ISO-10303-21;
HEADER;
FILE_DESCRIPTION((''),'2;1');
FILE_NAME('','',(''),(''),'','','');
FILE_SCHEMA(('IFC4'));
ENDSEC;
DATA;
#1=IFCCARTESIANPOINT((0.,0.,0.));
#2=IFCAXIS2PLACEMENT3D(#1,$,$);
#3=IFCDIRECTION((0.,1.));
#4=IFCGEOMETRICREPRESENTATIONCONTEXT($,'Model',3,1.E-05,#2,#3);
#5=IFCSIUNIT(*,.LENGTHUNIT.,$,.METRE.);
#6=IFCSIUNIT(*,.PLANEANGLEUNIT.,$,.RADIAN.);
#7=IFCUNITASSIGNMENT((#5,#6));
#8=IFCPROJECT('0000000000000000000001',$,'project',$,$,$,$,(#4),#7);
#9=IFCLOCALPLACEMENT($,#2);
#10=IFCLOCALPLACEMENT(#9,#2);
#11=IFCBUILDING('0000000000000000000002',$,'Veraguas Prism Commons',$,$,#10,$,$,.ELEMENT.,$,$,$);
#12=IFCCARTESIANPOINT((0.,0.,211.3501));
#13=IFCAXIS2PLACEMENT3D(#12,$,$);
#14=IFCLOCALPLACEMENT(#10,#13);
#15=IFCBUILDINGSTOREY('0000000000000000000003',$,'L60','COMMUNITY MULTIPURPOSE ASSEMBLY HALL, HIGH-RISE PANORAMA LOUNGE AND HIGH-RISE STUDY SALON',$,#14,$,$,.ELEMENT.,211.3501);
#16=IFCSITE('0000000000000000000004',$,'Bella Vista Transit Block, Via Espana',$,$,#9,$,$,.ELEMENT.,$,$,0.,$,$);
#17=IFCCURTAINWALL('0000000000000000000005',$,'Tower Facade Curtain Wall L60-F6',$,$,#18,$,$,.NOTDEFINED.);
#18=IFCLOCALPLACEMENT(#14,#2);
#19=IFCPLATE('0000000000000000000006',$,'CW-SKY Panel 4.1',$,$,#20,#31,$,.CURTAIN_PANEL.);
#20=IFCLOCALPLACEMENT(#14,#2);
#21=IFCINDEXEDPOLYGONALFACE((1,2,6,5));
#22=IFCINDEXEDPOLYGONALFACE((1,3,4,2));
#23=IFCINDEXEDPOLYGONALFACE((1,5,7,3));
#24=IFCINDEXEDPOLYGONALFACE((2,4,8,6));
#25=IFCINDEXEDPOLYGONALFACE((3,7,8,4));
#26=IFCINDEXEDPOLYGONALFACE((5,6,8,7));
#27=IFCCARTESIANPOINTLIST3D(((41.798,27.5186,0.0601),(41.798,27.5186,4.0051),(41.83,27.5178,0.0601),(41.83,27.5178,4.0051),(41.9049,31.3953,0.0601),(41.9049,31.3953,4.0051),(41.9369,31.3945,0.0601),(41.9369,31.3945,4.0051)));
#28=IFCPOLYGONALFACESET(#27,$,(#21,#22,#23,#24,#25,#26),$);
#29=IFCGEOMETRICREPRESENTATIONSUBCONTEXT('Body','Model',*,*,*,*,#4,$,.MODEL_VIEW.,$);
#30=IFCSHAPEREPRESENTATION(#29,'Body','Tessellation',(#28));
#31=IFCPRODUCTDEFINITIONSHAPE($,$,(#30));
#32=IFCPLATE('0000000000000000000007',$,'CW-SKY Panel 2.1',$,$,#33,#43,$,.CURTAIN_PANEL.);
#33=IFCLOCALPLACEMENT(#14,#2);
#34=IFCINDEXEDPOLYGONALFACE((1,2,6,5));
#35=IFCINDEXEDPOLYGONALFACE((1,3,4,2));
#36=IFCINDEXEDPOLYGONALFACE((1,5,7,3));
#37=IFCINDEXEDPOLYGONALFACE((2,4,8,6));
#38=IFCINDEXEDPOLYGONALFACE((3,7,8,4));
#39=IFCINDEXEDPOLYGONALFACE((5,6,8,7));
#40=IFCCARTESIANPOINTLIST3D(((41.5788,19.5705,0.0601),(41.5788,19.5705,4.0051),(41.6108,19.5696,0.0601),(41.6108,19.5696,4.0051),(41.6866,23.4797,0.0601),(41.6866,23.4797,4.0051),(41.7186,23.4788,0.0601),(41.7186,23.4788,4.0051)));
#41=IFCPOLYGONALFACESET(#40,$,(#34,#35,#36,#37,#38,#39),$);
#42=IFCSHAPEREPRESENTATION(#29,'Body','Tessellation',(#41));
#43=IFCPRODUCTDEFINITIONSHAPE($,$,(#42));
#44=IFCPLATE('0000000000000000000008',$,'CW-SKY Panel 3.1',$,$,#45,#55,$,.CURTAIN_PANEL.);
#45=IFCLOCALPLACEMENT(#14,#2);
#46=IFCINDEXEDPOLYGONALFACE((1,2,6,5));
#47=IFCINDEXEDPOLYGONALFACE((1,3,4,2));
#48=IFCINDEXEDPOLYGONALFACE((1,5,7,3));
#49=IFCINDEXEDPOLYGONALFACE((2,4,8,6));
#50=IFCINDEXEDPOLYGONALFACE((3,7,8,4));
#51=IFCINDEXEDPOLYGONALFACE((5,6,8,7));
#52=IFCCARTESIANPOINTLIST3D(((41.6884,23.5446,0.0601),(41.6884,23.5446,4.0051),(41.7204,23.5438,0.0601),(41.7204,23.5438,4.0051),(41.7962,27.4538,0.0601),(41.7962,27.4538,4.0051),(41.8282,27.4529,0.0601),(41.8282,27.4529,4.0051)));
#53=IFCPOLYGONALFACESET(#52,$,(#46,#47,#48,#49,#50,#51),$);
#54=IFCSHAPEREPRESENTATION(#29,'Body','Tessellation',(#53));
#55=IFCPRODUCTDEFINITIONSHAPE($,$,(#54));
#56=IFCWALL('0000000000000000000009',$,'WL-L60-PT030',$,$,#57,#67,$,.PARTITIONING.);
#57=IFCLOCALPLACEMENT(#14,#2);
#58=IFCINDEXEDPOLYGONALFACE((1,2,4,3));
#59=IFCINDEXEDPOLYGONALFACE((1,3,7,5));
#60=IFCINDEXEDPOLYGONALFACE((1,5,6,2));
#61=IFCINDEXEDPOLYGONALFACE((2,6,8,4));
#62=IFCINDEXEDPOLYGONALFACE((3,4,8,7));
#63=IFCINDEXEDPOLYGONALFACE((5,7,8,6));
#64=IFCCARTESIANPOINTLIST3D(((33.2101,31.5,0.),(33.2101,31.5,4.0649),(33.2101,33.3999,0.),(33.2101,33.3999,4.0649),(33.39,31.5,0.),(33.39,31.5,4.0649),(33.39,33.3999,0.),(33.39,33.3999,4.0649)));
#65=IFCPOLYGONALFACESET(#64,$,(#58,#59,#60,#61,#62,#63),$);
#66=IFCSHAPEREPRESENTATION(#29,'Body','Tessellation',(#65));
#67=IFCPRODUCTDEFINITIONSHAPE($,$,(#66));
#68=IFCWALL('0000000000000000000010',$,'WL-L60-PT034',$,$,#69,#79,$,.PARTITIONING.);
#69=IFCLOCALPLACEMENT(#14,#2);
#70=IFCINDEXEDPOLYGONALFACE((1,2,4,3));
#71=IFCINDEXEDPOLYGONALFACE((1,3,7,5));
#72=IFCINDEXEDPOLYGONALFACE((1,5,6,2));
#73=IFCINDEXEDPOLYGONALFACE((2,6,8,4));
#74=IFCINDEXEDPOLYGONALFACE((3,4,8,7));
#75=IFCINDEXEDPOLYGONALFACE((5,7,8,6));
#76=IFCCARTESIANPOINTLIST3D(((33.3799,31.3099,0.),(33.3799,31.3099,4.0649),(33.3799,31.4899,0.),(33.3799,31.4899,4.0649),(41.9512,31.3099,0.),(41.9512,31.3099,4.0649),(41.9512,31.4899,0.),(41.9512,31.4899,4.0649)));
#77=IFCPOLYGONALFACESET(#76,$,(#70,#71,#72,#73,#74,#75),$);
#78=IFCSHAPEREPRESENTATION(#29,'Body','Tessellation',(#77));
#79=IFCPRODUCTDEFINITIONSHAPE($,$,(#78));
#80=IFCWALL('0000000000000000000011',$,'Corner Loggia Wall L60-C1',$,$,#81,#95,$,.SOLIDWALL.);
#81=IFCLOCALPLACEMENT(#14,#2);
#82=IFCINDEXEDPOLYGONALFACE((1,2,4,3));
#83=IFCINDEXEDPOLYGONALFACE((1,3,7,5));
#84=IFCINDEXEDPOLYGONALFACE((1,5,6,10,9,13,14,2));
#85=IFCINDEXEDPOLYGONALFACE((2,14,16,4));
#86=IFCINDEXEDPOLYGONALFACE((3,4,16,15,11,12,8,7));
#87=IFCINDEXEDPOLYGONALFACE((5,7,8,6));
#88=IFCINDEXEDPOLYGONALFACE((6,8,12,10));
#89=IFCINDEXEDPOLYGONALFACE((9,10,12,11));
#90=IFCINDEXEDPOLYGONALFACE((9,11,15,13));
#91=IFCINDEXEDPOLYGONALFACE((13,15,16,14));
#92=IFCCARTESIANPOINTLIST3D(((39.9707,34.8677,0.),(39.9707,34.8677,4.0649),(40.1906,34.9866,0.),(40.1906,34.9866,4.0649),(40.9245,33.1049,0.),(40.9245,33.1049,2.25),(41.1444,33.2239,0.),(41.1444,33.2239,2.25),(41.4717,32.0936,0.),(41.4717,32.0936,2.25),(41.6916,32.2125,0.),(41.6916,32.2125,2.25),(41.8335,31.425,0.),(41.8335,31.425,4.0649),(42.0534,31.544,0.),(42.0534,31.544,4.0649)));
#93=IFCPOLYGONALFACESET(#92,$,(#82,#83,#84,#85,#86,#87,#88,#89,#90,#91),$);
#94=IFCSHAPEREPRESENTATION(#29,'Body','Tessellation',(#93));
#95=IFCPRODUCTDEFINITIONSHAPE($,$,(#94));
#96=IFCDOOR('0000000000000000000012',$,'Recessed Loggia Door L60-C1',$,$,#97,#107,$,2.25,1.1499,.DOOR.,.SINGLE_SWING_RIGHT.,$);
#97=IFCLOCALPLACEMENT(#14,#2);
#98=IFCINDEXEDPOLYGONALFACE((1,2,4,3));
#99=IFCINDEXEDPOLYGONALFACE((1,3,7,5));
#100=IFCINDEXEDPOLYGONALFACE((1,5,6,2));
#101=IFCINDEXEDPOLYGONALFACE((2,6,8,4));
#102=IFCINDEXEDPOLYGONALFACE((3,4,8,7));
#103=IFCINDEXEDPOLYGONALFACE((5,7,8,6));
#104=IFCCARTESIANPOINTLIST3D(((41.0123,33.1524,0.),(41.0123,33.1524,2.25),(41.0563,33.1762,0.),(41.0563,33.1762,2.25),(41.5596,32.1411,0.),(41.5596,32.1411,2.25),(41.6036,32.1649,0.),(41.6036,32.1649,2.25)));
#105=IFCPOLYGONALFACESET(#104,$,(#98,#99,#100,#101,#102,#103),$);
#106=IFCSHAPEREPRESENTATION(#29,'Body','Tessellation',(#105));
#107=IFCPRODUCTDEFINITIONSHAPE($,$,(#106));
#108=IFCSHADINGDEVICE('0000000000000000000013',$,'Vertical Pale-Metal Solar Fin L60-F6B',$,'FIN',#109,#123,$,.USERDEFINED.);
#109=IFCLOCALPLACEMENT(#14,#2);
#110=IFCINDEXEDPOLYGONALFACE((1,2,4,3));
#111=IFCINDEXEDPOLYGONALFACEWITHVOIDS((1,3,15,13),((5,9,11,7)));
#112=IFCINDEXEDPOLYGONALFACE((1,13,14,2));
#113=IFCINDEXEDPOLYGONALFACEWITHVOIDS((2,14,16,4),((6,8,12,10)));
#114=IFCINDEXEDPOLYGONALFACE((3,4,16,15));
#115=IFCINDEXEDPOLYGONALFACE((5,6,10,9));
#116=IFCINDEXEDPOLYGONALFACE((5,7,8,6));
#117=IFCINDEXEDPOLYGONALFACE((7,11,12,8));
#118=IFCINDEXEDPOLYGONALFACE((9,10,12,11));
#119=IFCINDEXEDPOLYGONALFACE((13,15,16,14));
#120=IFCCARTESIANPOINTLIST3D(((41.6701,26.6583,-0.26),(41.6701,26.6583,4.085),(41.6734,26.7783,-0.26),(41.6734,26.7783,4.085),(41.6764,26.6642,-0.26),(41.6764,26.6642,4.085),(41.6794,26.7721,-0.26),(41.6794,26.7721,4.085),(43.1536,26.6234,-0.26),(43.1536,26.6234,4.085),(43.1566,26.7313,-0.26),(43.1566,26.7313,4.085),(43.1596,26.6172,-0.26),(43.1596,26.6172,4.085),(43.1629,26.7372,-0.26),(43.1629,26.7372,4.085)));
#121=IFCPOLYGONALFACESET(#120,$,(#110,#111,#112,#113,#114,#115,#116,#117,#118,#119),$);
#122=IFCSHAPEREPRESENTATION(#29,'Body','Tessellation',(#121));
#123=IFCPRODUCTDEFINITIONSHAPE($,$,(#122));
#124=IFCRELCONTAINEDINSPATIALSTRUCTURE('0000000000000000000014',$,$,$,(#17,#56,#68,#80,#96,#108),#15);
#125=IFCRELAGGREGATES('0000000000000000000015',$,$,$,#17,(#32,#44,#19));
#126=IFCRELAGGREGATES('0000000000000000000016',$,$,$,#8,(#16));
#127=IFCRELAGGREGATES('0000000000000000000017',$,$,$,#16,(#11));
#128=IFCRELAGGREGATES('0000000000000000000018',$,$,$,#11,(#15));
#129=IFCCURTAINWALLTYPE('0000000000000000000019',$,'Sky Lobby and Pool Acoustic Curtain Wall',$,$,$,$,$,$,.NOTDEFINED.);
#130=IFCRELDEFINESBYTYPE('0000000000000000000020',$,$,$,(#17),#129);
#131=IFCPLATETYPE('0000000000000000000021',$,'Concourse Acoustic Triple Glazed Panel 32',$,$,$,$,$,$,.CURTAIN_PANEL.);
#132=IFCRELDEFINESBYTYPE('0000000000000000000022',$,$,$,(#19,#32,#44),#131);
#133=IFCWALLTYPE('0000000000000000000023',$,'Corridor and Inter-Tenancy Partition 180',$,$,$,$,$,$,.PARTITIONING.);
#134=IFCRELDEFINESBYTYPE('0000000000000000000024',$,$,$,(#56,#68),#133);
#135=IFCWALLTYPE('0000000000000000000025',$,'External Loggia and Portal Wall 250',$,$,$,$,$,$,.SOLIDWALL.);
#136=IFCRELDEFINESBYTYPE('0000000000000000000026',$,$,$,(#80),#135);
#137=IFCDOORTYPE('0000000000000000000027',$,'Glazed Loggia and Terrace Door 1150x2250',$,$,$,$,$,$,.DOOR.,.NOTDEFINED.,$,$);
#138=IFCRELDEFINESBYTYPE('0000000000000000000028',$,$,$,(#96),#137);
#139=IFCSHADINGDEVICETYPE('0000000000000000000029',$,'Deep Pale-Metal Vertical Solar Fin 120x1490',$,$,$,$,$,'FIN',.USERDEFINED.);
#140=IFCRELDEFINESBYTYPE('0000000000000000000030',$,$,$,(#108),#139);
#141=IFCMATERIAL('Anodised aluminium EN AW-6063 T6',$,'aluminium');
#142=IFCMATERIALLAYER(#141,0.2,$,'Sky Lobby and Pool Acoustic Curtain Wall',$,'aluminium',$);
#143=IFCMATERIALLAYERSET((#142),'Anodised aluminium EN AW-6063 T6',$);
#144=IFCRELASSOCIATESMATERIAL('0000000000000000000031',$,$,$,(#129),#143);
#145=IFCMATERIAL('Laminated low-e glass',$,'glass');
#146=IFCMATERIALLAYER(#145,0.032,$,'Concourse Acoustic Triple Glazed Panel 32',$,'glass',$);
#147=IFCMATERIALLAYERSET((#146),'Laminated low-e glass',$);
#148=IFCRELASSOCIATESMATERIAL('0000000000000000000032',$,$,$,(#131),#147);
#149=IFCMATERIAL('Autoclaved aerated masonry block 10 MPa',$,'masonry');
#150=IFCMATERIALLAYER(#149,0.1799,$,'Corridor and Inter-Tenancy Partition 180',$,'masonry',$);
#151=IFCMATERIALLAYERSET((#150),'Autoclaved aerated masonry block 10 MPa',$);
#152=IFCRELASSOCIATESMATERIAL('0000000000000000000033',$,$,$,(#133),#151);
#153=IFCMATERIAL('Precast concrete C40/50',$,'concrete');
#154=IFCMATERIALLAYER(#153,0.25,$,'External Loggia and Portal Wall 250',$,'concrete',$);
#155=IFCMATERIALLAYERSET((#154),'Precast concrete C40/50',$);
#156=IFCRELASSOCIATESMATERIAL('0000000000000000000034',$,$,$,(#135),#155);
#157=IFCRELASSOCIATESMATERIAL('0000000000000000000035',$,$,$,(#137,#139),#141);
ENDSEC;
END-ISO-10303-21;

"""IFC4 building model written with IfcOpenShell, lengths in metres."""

from ifc_helpers import new_model, si_unit, direction, frame, frame_2d, origin, origin_2d, place, context, subcontext, project, spatial, rectangle, hollow_rectangle, extrude, source, transform, mapped, material, layer, layer_set, material_profile, profile_set, type_object, element, fill, aggregate, save


model = new_model("IFC4")

# Units and contexts
model_context = context("Model", 3, precision=1e-05, world=origin(), true_north=direction((0.0, 1.0)))
body_context = subcontext(model_context, "Body", "Model", "MODEL_VIEW")
ifc_project = project(units=[si_unit("LENGTHUNIT", "METRE"), si_unit("PLANEANGLEUNIT", "RADIAN")], contexts=[model_context])

# Site, building, storey
site_placement = place(None, origin())
site = spatial("IfcSite", under=ifc_project, at=site_placement, Name="Bella Vista Transit Block, Via Espana", CompositionType="ELEMENT", RefElevation=0.0)
building_placement = place(site_placement, origin())
building = spatial("IfcBuilding", under=site, at=building_placement, Name="Veraguas Prism Commons", CompositionType="ELEMENT")
storey_placement = place(building_placement, frame((0.0, 0.0, 211.3501)))
storey = spatial("IfcBuildingStorey", under=building, at=storey_placement, Name="L60", Description="COMMUNITY MULTIPURPOSE ASSEMBLY HALL, HIGH-RISE PANORAMA LOUNGE AND HIGH-RISE STUDY SALON", CompositionType="ELEMENT", Elevation=211.3501)

# Curtain wall, plates
ifc_material_1 = material(Name="Anodised aluminium EN AW-6063 T6", Category="aluminium")
ifc_layer_1 = layer(ifc_material_1, 0.2, Name="Sky Lobby and Pool Acoustic Curtain Wall", Category="aluminium")
ifc_layer_set_1 = layer_set([ifc_layer_1], Name="Anodised aluminium EN AW-6063 T6")
curtain_wall_type = type_object("IfcCurtainWallType", Name="Sky Lobby and Pool Acoustic Curtain Wall", PredefinedType="NOTDEFINED", material=ifc_layer_set_1)
curtain_wall_placement = place(storey_placement, origin())
curtain_wall = element("IfcCurtainWall", 1, at=curtain_wall_placement, inside=storey, type_object=curtain_wall_type, Name="Tower Facade Curtain Wall L60-F6", PredefinedType="NOTDEFINED")
ifc_material_2 = material(Name="Laminated low-e glass", Category="glass")
ifc_layer_2 = layer(ifc_material_2, 0.032, Name="Concourse Acoustic Triple Glazed Panel 32", Category="glass")
ifc_layer_set_2 = layer_set([ifc_layer_2], Name="Laminated low-e glass")
plate_type = type_object("IfcPlateType", Name="Concourse Acoustic Triple Glazed Panel 32", PredefinedType="CURTAIN_PANEL", material=ifc_layer_set_2)
shared_shape_1 = source(origin(), body_context, "Body", "SweptSolid", [
    extrude(rectangle(XDim=3.8782, YDim=0.032, at=origin_2d()), origin(), (0.0, 0.0, 1.0), 3.9451),
])
plate_1_placement = place(storey_placement, frame((41.8674, 29.4565, 0.0601), z_axis=(0.0, 0.0, 1.0), x_axis=(0.027567, 0.99962, 0.0)))
plate_1 = element("IfcPlate", 2, at=plate_1_placement, type_object=plate_type, Name="CW-SKY Panel 4.1", PredefinedType="CURTAIN_PANEL", context=body_context, shape_type="MappedRepresentation", body=[
    mapped(shared_shape_1, transform((0.0, 0.0, 0.0), scale=1.0)),
])
shared_shape_2 = source(origin(), body_context, "Body", "SweptSolid", [
    extrude(rectangle(XDim=3.9106, YDim=0.032, at=origin_2d()), origin(), (0.0, 0.0, 1.0), 3.9451),
])
plate_2_placement = place(storey_placement, frame((41.6487, 21.5247, 0.0601), z_axis=(0.0, 0.0, 1.0), x_axis=(0.027567, 0.99962, 0.0)))
plate_2 = element("IfcPlate", 3, at=plate_2_placement, type_object=plate_type, Name="CW-SKY Panel 2.1", PredefinedType="CURTAIN_PANEL", context=body_context, shape_type="MappedRepresentation", body=[
    mapped(shared_shape_2, transform((0.0, 0.0, 0.0), scale=1.0)),
])
plate_3_placement = place(storey_placement, frame((41.7583, 25.4988, 0.0601), z_axis=(0.0, 0.0, 1.0), x_axis=(0.027567, 0.99962, 0.0)))
plate_3 = element("IfcPlate", 4, at=plate_3_placement, type_object=plate_type, Name="CW-SKY Panel 3.1", PredefinedType="CURTAIN_PANEL", context=body_context, shape_type="MappedRepresentation", body=[
    mapped(shared_shape_2, transform((0.0, 0.0, 0.0), scale=1.0)),
])
aggregate(curtain_wall, [plate_2, plate_3, plate_1])

# Walls
ifc_material_3 = material(Name="Autoclaved aerated masonry block 10 MPa", Category="masonry")
ifc_layer_3 = layer(ifc_material_3, 0.1799, Name="Corridor and Inter-Tenancy Partition 180", Category="masonry")
ifc_layer_set_3 = layer_set([ifc_layer_3], Name="Autoclaved aerated masonry block 10 MPa")
wall_type_1 = type_object("IfcWallType", Name="Corridor and Inter-Tenancy Partition 180", PredefinedType="PARTITIONING", material=ifc_layer_set_3)
wall_1_placement = place(storey_placement, frame((33.3, 31.5, 0.0), z_axis=(0.0, 0.0, 1.0), x_axis=(0.0, 1.0, 0.0)))
element("IfcWall", 5, at=wall_1_placement, inside=storey, type_object=wall_type_1, Name="WL-L60-PT030", PredefinedType="PARTITIONING", context=body_context, shape_type="SweptSolid", body=[
    extrude(rectangle(XDim=1.8999, YDim=0.1799, at=frame_2d((0.95, 0.0))), origin(), (0.0, 0.0, 1.0), 4.0649),
])
wall_2_placement = place(storey_placement, frame((33.3799, 31.3999, 0.0), z_axis=(0.0, 0.0, 1.0), x_axis=(1.0, 0.0, 0.0)))
element("IfcWall", 6, at=wall_2_placement, inside=storey, type_object=wall_type_1, Name="WL-L60-PT034", PredefinedType="PARTITIONING", context=body_context, shape_type="SweptSolid", body=[
    extrude(rectangle(XDim=8.5713, YDim=0.1799, at=frame_2d((4.2856, 0.0))), origin(), (0.0, 0.0, 1.0), 4.0649),
])

# Wall, opening, door
ifc_material_4 = material(Name="Precast concrete C40/50", Category="concrete")
ifc_layer_4 = layer(ifc_material_4, 0.25, Name="External Loggia and Portal Wall 250", Category="concrete")
ifc_layer_set_4 = layer_set([ifc_layer_4], Name="Precast concrete C40/50")
wall_type_2 = type_object("IfcWallType", Name="External Loggia and Portal Wall 250", PredefinedType="SOLIDWALL", material=ifc_layer_set_4)
wall_3_placement = place(storey_placement, frame((41.9434, 31.4846, 0.0), z_axis=(0.0, 0.0, 1.0), x_axis=(-0.475895, 0.879502, 0.0)))
wall_3 = element("IfcWall", 7, at=wall_3_placement, inside=storey, type_object=wall_type_2, Name="Corner Loggia Wall L60-C1", PredefinedType="SOLIDWALL", context=body_context, shape_type="SweptSolid", body=[
    extrude(rectangle(XDim=3.9143, YDim=0.25, at=frame_2d((1.957, 0.0))), origin(), (0.0, 0.0, 1.0), 4.0649),
])
opening_placement = place(wall_3_placement, frame((0.76, 0.0, 0.0)))
opening = element("IfcOpeningElement", 8, at=opening_placement, cuts=wall_3, PredefinedType="OPENING", context=body_context, shape_type="SweptSolid", body=[
    extrude(rectangle(XDim=1.1499, YDim=2.25, at=frame_2d((0.575, 1.125))), frame((0.0, 0.135, 0.0), z_axis=(0.0, -1.0, 0.0), x_axis=(1.0, 0.0, 0.0)), (0.0, 0.0, 1.0), 0.27),
])
door_type = type_object("IfcDoorType", Name="Glazed Loggia and Terrace Door 1150x2250", OperationType="NOTDEFINED", PredefinedType="DOOR", material=ifc_material_1)
shared_shape_3 = source(origin(), body_context, "Body", "SweptSolid", [
    extrude(rectangle(XDim=1.1499, YDim=2.25, at=frame_2d((0.575, 1.125))), frame((0.0, 0.0249, 0.0), z_axis=(0.0, -1.0, 0.0), x_axis=(1.0, 0.0, 0.0)), (0.0, 0.0, 1.0), 0.05),
])
door_placement = place(opening_placement, frame((1.1499, 0.0, 0.0), z_axis=(0.0, 0.0, 1.0), x_axis=(-1.0, 0.0, 0.0)))
door = element("IfcDoor", 9, at=door_placement, inside=storey, type_object=door_type, Name="Recessed Loggia Door L60-C1", OperationType="SINGLE_SWING_RIGHT", OverallHeight=2.25, OverallWidth=1.1499, PredefinedType="DOOR", context=body_context, shape_type="MappedRepresentation", body=[
    mapped(shared_shape_3, transform((0.0, 0.0, 0.0), scale=1.0)),
])
fill(opening, door)

# Shading device
ifc_material_profile_1 = material_profile(ifc_material_1, hollow_rectangle(XDim=0.1201, YDim=1.49, WallThickness=0.0061, at=origin_2d()), Name="FIN120X1490X6")
ifc_profile_set_1 = profile_set([ifc_material_profile_1], Name="Anodised aluminium EN AW-6063 T6")
shading_device_type = type_object("IfcShadingDeviceType", Name="Deep Pale-Metal Vertical Solar Fin 120x1490", ElementType="FIN", PredefinedType="USERDEFINED", material=ifc_profile_set_1)
shading_device_placement = place(storey_placement, frame((42.4165, 26.6978, -0.26), z_axis=(0.0, 0.0, 1.0), x_axis=(0.027574, 0.99962, 0.0)))
element("IfcShadingDevice", 10, at=shading_device_placement, inside=storey, type_object=shading_device_type, Name="Vertical Pale-Metal Solar Fin L60-F6B", ObjectType="FIN", PredefinedType="USERDEFINED", context=body_context, shape_type="SweptSolid", body=[
    extrude(hollow_rectangle(XDim=0.1201, YDim=1.49, WallThickness=0.0061, at=origin_2d()), origin(), (0.0, 0.0, 1.0), 4.345),
])

save(model, "model.ifc")
